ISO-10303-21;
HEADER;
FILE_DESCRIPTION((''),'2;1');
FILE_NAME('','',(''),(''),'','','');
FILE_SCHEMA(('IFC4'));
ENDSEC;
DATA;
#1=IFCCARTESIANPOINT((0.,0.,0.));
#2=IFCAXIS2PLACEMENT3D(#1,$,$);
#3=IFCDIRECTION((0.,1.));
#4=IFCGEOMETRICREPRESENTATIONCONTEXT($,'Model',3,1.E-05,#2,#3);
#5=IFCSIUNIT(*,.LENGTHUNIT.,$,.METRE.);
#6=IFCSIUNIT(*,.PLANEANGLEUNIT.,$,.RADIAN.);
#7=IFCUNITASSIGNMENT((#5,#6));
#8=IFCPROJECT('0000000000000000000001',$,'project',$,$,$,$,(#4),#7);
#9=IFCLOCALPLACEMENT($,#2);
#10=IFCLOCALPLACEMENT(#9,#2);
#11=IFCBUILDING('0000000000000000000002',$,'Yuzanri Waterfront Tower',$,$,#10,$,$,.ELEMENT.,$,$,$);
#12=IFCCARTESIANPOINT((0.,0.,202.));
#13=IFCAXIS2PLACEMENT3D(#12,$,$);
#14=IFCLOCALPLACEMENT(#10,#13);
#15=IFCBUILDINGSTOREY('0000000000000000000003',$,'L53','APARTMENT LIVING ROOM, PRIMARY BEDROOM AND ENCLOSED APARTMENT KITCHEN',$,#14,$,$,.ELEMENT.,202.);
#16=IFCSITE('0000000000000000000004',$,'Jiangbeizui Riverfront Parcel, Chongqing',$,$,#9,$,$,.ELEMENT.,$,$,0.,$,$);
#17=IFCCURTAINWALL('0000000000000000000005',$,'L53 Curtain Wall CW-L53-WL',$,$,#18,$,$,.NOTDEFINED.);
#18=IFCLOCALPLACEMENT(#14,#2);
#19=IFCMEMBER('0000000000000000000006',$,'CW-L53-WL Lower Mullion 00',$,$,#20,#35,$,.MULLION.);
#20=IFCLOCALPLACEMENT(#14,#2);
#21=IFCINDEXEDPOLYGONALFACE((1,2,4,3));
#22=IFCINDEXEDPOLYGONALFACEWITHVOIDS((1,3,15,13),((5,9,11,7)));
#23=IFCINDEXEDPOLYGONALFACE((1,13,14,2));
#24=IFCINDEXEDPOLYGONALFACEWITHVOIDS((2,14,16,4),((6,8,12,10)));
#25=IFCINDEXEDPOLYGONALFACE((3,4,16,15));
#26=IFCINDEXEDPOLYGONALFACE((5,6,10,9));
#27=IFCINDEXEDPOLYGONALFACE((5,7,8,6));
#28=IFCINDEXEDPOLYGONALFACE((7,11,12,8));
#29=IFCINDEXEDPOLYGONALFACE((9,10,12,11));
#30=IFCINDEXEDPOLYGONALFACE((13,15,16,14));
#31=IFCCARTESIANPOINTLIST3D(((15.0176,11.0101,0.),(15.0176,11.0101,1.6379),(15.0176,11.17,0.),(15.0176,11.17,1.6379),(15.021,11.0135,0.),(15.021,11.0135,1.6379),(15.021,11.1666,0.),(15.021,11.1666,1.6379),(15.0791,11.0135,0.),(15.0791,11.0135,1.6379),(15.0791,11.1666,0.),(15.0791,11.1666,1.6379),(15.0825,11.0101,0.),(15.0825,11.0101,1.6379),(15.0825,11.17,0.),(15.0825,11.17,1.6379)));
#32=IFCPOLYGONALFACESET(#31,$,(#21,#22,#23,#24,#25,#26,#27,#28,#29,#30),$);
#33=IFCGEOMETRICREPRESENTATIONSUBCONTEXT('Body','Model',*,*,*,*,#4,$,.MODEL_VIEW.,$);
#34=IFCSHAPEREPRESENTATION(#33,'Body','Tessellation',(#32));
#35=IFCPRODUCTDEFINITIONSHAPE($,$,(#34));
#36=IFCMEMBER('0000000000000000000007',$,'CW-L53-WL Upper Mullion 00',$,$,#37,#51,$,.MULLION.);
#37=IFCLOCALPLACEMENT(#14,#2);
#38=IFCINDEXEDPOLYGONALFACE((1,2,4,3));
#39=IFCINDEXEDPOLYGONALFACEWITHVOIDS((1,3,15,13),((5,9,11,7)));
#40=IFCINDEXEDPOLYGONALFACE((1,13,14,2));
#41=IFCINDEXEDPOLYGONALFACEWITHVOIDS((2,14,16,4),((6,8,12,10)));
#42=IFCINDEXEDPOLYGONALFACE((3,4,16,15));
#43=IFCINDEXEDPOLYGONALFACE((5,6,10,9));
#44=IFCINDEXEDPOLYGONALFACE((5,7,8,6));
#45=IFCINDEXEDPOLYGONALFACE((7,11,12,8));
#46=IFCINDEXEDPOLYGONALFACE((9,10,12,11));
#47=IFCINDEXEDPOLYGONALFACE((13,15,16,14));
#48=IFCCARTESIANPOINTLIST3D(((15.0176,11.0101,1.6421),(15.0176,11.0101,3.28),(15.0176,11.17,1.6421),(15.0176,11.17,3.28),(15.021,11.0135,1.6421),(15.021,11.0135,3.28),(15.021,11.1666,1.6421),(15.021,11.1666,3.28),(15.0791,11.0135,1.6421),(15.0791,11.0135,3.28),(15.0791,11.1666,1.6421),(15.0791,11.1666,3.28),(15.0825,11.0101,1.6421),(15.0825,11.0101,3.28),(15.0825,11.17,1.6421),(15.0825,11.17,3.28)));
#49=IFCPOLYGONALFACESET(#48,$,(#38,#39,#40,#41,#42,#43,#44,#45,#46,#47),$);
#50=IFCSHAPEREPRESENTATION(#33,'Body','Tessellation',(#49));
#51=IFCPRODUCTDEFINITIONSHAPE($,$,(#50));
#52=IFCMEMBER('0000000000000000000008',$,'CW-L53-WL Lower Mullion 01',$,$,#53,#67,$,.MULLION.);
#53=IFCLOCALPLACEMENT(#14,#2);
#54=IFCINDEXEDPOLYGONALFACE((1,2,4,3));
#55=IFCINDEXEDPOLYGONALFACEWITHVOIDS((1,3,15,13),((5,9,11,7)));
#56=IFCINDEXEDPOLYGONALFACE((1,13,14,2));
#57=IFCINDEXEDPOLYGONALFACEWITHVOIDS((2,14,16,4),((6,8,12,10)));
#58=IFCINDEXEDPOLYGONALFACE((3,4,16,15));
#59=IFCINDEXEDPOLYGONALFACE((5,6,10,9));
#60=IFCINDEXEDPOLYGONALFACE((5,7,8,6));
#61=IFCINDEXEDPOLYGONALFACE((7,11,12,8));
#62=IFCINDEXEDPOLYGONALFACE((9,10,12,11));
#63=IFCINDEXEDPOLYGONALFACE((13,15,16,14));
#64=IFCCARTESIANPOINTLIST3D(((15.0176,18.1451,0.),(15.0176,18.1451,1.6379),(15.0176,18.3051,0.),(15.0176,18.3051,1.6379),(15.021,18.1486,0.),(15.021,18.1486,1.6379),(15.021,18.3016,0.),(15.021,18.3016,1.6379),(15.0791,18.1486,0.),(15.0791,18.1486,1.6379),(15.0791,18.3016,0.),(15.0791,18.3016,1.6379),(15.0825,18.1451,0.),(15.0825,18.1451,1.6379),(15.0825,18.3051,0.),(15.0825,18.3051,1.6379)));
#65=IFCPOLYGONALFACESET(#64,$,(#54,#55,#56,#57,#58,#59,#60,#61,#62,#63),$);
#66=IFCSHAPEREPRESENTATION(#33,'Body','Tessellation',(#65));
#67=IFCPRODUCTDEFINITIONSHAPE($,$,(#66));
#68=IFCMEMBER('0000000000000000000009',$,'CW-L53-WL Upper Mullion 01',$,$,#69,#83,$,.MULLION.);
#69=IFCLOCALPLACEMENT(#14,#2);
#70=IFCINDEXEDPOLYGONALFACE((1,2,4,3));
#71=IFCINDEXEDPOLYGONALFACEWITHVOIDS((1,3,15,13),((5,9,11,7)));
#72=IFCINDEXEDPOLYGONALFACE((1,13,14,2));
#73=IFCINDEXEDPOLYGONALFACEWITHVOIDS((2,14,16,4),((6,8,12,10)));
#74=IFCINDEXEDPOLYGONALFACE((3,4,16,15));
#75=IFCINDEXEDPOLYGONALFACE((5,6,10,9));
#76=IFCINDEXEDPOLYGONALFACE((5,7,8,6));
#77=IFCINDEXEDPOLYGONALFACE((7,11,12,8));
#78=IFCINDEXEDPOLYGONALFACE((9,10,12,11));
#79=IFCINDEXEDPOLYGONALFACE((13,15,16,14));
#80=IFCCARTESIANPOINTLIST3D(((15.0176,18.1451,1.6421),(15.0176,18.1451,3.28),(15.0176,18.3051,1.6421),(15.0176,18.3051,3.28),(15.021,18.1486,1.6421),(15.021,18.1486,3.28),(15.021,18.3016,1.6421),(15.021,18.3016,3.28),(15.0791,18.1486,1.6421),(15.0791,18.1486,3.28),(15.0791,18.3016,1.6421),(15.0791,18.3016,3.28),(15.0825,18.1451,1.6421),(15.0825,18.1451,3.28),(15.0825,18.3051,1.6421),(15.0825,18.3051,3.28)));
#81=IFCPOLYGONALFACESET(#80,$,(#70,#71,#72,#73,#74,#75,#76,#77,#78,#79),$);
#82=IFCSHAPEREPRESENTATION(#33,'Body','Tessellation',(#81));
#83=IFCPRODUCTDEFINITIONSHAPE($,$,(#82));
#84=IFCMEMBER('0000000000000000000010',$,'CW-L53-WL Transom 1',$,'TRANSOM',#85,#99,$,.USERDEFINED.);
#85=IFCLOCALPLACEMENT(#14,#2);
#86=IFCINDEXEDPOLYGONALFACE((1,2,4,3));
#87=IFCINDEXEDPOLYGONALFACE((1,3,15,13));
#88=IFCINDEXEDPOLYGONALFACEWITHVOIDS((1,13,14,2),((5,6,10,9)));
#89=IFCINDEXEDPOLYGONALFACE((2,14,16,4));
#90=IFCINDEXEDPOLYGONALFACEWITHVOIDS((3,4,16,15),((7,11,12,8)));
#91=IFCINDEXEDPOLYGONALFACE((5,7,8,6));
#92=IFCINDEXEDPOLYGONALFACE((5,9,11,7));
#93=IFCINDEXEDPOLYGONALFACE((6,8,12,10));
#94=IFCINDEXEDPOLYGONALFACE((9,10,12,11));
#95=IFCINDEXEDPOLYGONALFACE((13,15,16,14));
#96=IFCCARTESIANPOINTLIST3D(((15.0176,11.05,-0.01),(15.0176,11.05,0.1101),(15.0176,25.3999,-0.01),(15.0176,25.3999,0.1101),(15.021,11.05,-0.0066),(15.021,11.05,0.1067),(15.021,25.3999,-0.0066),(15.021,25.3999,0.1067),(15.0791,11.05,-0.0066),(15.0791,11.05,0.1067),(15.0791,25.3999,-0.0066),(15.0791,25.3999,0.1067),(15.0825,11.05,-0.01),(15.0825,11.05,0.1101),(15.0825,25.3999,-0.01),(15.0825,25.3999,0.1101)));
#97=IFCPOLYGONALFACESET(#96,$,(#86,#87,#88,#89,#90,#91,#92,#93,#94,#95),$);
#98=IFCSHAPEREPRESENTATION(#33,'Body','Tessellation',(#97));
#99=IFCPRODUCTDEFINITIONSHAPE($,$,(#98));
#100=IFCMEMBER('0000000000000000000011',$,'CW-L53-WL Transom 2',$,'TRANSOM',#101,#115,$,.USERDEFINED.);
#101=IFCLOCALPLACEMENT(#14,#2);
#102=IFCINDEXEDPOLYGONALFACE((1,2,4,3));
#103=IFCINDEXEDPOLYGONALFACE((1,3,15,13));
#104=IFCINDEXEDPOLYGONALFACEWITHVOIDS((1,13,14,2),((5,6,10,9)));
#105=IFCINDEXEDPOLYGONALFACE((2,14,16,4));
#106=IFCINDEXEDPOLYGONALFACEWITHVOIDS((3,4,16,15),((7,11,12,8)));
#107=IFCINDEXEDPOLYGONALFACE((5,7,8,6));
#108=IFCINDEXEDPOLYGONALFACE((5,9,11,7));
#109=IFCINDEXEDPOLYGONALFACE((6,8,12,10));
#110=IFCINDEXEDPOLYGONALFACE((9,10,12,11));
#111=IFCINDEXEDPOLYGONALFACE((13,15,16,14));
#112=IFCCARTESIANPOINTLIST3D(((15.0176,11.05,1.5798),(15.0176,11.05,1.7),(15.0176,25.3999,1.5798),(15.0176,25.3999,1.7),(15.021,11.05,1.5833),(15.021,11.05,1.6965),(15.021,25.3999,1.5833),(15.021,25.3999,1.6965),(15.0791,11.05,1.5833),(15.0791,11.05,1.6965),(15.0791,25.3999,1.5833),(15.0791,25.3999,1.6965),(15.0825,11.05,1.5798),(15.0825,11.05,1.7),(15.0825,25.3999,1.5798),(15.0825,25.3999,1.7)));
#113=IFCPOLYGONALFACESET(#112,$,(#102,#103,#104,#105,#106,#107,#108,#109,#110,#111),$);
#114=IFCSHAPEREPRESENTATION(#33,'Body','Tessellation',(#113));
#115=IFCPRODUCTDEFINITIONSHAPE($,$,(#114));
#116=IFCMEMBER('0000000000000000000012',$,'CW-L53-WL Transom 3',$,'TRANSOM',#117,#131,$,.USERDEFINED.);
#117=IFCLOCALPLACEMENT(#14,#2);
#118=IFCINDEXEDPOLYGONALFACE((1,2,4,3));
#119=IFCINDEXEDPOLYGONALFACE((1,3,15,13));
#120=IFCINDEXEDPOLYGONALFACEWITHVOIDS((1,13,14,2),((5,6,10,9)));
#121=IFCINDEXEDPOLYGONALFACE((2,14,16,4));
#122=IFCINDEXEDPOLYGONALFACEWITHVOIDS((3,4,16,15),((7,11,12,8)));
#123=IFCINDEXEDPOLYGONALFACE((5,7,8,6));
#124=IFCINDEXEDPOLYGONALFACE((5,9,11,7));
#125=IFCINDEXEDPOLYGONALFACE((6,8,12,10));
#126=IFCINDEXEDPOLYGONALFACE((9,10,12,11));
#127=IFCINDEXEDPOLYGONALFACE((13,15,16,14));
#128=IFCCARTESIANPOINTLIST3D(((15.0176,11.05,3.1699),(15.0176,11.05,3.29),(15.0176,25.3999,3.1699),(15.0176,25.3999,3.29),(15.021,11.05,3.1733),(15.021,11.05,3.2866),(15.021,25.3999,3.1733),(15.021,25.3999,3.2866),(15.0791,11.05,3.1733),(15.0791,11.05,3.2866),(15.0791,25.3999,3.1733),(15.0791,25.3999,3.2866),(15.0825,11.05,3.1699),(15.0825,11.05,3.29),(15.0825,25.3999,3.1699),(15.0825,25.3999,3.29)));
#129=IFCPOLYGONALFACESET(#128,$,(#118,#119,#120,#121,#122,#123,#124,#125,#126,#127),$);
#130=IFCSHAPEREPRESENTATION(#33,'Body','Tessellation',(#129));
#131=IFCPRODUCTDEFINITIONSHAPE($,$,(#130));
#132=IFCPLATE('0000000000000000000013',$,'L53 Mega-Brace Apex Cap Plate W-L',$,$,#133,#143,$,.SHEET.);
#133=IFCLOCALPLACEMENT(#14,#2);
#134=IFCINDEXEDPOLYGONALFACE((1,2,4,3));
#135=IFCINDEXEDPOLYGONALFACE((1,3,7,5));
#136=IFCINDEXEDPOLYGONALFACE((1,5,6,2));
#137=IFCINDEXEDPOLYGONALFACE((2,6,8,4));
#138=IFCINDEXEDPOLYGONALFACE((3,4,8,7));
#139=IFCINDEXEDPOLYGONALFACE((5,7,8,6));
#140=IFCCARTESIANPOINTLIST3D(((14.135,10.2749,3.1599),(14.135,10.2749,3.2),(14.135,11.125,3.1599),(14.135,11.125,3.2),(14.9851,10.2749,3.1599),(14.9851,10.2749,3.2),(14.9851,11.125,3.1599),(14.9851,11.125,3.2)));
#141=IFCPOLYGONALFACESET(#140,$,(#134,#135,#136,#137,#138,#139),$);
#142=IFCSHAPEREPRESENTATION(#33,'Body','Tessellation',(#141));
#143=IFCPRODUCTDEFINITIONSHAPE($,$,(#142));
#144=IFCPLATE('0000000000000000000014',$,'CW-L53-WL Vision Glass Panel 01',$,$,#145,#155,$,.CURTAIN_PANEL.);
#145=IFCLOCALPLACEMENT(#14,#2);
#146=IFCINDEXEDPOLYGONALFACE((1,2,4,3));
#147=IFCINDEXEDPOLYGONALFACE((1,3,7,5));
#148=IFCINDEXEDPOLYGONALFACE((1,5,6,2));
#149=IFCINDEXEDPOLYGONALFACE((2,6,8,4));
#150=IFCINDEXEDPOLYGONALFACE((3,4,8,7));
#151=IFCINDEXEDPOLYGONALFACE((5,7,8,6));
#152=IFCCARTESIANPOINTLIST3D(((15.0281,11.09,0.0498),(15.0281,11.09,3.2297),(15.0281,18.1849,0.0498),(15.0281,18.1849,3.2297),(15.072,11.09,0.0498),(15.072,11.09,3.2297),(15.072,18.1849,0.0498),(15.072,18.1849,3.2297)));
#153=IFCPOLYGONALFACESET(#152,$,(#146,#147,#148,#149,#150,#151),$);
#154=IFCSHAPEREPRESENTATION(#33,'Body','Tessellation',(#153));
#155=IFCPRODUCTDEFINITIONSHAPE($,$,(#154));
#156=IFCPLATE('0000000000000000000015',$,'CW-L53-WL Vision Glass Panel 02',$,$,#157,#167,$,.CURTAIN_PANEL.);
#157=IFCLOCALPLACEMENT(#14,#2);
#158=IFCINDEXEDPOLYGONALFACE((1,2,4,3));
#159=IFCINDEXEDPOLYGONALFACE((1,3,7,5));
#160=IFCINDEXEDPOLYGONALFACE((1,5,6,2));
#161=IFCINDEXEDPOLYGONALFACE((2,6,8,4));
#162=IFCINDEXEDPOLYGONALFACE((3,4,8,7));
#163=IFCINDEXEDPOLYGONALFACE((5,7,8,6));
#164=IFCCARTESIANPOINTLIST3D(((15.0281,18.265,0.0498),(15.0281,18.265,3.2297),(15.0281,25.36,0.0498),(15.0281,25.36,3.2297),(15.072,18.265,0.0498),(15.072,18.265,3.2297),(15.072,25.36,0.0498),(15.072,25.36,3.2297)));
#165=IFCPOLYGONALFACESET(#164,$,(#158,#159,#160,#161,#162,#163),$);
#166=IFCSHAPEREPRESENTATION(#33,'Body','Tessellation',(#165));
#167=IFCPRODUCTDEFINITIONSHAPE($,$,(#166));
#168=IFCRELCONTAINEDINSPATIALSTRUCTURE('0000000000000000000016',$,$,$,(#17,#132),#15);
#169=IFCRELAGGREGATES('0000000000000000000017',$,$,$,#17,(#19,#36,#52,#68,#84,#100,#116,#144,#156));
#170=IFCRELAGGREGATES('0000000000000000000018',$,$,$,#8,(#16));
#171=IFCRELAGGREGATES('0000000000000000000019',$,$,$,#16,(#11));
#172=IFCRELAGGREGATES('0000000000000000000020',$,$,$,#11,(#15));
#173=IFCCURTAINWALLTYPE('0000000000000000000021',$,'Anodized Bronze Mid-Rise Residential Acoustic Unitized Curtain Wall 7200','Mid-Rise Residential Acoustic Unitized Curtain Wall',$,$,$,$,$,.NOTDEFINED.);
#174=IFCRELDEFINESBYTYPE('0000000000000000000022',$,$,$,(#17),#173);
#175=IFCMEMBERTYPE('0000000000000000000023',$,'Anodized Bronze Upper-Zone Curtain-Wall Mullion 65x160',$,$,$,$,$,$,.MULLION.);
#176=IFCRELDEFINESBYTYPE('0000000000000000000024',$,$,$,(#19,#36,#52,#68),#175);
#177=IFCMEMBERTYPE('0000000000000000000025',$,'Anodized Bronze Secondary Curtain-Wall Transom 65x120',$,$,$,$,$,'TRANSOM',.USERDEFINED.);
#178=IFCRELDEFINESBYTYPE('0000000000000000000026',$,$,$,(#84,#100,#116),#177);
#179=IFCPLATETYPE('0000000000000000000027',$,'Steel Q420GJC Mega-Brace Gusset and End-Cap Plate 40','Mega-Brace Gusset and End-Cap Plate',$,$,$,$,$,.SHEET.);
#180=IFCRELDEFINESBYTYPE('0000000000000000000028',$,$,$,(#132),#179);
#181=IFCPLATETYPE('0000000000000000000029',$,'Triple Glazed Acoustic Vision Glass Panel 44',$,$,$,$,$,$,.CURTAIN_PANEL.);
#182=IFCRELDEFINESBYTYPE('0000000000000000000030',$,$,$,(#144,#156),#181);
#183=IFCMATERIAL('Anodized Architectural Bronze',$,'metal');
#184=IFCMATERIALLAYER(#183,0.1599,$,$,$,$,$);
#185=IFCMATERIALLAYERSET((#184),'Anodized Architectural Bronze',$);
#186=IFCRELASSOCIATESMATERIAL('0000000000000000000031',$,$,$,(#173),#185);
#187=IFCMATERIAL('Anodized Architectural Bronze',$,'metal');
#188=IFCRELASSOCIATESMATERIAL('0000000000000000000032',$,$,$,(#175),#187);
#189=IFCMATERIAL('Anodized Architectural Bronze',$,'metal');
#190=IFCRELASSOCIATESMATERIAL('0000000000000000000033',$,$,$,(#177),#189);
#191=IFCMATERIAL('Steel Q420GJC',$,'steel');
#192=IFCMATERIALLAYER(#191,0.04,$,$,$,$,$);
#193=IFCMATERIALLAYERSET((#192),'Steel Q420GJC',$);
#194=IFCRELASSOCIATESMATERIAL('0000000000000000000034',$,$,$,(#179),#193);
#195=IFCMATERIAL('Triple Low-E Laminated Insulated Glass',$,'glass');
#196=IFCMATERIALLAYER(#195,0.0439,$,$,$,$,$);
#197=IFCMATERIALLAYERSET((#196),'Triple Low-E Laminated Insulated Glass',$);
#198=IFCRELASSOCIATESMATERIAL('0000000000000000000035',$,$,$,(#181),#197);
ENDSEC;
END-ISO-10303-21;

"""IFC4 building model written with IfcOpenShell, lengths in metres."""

from ifc_helpers import new_model, si_unit, direction, frame, origin, origin_2d, place, context, subcontext, project, spatial, rectangle, hollow_rectangle, extrude, source, transform, mapped, material, layer, layer_set, material_profile, profile_set, type_object, element, aggregate, save


model = new_model("IFC4")

# Units and contexts
model_context = context("Model", 3, precision=1e-05, world=origin(), true_north=direction((0.0, 1.0)))
body_context = subcontext(model_context, "Body", "Model", "MODEL_VIEW")
ifc_project = project(units=[si_unit("LENGTHUNIT", "METRE"), si_unit("PLANEANGLEUNIT", "RADIAN")], contexts=[model_context])

# Site, building, storey
site_placement = place(None, origin())
site = spatial("IfcSite", under=ifc_project, at=site_placement, Name="Jiangbeizui Riverfront Parcel, Chongqing", CompositionType="ELEMENT", RefElevation=0.0)
building_placement = place(site_placement, origin())
building = spatial("IfcBuilding", under=site, at=building_placement, Name="Yuzanri Waterfront Tower", CompositionType="ELEMENT")
storey_placement = place(building_placement, frame((0.0, 0.0, 202.0)))
storey = spatial("IfcBuildingStorey", under=building, at=storey_placement, Name="L53", Description="APARTMENT LIVING ROOM, PRIMARY BEDROOM AND ENCLOSED APARTMENT KITCHEN", CompositionType="ELEMENT", Elevation=202.0)

# Curtain wall, members
ifc_material_1 = material(Name="Anodized Architectural Bronze", Category="metal")
ifc_layer_1 = layer(ifc_material_1, 0.1599)
ifc_layer_set_1 = layer_set([ifc_layer_1], Name="Anodized Architectural Bronze")
curtain_wall_type = type_object("IfcCurtainWallType", Name="Anodized Bronze Mid-Rise Residential Acoustic Unitized Curtain Wall 7200", Description="Mid-Rise Residential Acoustic Unitized Curtain Wall", PredefinedType="NOTDEFINED", material=ifc_layer_set_1)
curtain_wall_placement = place(storey_placement, origin())
curtain_wall = element("IfcCurtainWall", 1, at=curtain_wall_placement, inside=storey, type_object=curtain_wall_type, Name="L53 Curtain Wall CW-L53-WL", PredefinedType="NOTDEFINED")
ifc_material_2 = material(Name="Anodized Architectural Bronze", Category="metal")
ifc_material_profile_1 = material_profile(ifc_material_2, hollow_rectangle(XDim=0.0649, YDim=0.1599, WallThickness=0.0034, at=origin_2d()), Name="CWM 65x160")
ifc_profile_set_1 = profile_set([ifc_material_profile_1], Name="Anodized Architectural Bronze")
member_type_1 = type_object("IfcMemberType", Name="Anodized Bronze Upper-Zone Curtain-Wall Mullion 65x160", PredefinedType="MULLION", material=ifc_profile_set_1)
shared_shape_1 = source(origin(), body_context, "Body", "SweptSolid", [
    extrude(hollow_rectangle(XDim=0.0649, YDim=0.1599, WallThickness=0.0034, at=origin_2d()), origin(), (0.0, 0.0, 1.0), 1.6379),
])
member_1_placement = place(storey_placement, frame((15.05, 11.0901, 0.0), z_axis=(0.0, 0.0, 1.0), x_axis=(1.0, 0.0, 0.0)))
member_1 = element("IfcMember", 2, at=member_1_placement, type_object=member_type_1, Name="CW-L53-WL Lower Mullion 00", PredefinedType="MULLION", context=body_context, shape_type="MappedRepresentation", body=[
    mapped(shared_shape_1, transform((0.0, 0.0, 0.0), scale=1.0)),
])
member_2_placement = place(storey_placement, frame((15.05, 11.0901, 1.6421), z_axis=(0.0, 0.0, 1.0), x_axis=(1.0, 0.0, 0.0)))
member_2 = element("IfcMember", 3, at=member_2_placement, type_object=member_type_1, Name="CW-L53-WL Upper Mullion 00", PredefinedType="MULLION", context=body_context, shape_type="MappedRepresentation", body=[
    mapped(shared_shape_1, transform((0.0, 0.0, 0.0), scale=1.0)),
])
member_3_placement = place(storey_placement, frame((15.05, 18.2251, 0.0), z_axis=(0.0, 0.0, 1.0), x_axis=(1.0, 0.0, 0.0)))
member_3 = element("IfcMember", 4, at=member_3_placement, type_object=member_type_1, Name="CW-L53-WL Lower Mullion 01", PredefinedType="MULLION", context=body_context, shape_type="MappedRepresentation", body=[
    mapped(shared_shape_1, transform((0.0, 0.0, 0.0), scale=1.0)),
])
member_4_placement = place(storey_placement, frame((15.05, 18.2251, 1.6421), z_axis=(0.0, 0.0, 1.0), x_axis=(1.0, 0.0, 0.0)))
member_4 = element("IfcMember", 5, at=member_4_placement, type_object=member_type_1, Name="CW-L53-WL Upper Mullion 01", PredefinedType="MULLION", context=body_context, shape_type="MappedRepresentation", body=[
    mapped(shared_shape_1, transform((0.0, 0.0, 0.0), scale=1.0)),
])
ifc_material_3 = material(Name="Anodized Architectural Bronze", Category="metal")
ifc_material_profile_2 = material_profile(ifc_material_3, hollow_rectangle(XDim=0.0649, YDim=0.1201, WallThickness=0.0034, at=origin_2d()), Name="CWT 65x120")
ifc_profile_set_2 = profile_set([ifc_material_profile_2], Name="Anodized Architectural Bronze")
member_type_2 = type_object("IfcMemberType", Name="Anodized Bronze Secondary Curtain-Wall Transom 65x120", ElementType="TRANSOM", PredefinedType="USERDEFINED", material=ifc_profile_set_2)
shared_shape_2 = source(origin(), body_context, "Body", "SweptSolid", [
    extrude(hollow_rectangle(XDim=0.0649, YDim=0.1201, WallThickness=0.0034, at=origin_2d()), origin(), (0.0, 0.0, 1.0), 14.3499),
])
member_5_placement = place(storey_placement, frame((15.05, 11.05, 0.05), z_axis=(0.0, 1.0, 0.0), x_axis=(-1.0, 0.0, 0.0)))
member_5 = element("IfcMember", 6, at=member_5_placement, type_object=member_type_2, Name="CW-L53-WL Transom 1", ObjectType="TRANSOM", PredefinedType="USERDEFINED", context=body_context, shape_type="MappedRepresentation", body=[
    mapped(shared_shape_2, transform((0.0, 0.0, 0.0), scale=1.0)),
])
member_6_placement = place(storey_placement, frame((15.05, 11.05, 1.6399), z_axis=(0.0, 1.0, 0.0), x_axis=(-1.0, 0.0, 0.0)))
member_6 = element("IfcMember", 7, at=member_6_placement, type_object=member_type_2, Name="CW-L53-WL Transom 2", ObjectType="TRANSOM", PredefinedType="USERDEFINED", context=body_context, shape_type="MappedRepresentation", body=[
    mapped(shared_shape_2, transform((0.0, 0.0, 0.0), scale=1.0)),
])
member_7_placement = place(storey_placement, frame((15.05, 11.05, 3.23), z_axis=(0.0, 1.0, 0.0), x_axis=(-1.0, 0.0, 0.0)))
member_7 = element("IfcMember", 8, at=member_7_placement, type_object=member_type_2, Name="CW-L53-WL Transom 3", ObjectType="TRANSOM", PredefinedType="USERDEFINED", context=body_context, shape_type="MappedRepresentation", body=[
    mapped(shared_shape_2, transform((0.0, 0.0, 0.0), scale=1.0)),
])

# Plates
ifc_material_4 = material(Name="Steel Q420GJC", Category="steel")
ifc_layer_2 = layer(ifc_material_4, 0.04)
ifc_layer_set_2 = layer_set([ifc_layer_2], Name="Steel Q420GJC")
plate_type_1 = type_object("IfcPlateType", Name="Steel Q420GJC Mega-Brace Gusset and End-Cap Plate 40", Description="Mega-Brace Gusset and End-Cap Plate", PredefinedType="SHEET", material=ifc_layer_set_2)
shared_shape_3 = source(origin(), body_context, "Body", "SweptSolid", [
    extrude(rectangle(XDim=0.8501, YDim=0.8501, at=origin_2d()), origin(), (0.0, 0.0, 1.0), 0.04),
])
plate_1_placement = place(storey_placement, frame((14.5601, 10.7, 3.1599), z_axis=(0.0, 0.0, 1.0), x_axis=(1.0, 0.0, 0.0)))
element("IfcPlate", 9, at=plate_1_placement, inside=storey, type_object=plate_type_1, Name="L53 Mega-Brace Apex Cap Plate W-L", PredefinedType="SHEET", context=body_context, shape_type="MappedRepresentation", body=[
    mapped(shared_shape_3, transform((0.0, 0.0, 0.0), scale=1.0)),
])
ifc_material_5 = material(Name="Triple Low-E Laminated Insulated Glass", Category="glass")
ifc_layer_3 = layer(ifc_material_5, 0.0439)
ifc_layer_set_3 = layer_set([ifc_layer_3], Name="Triple Low-E Laminated Insulated Glass")
plate_type_2 = type_object("IfcPlateType", Name="Triple Glazed Acoustic Vision Glass Panel 44", PredefinedType="CURTAIN_PANEL", material=ifc_layer_set_3)
shared_shape_4 = source(origin(), body_context, "Body", "SweptSolid", [
    extrude(rectangle(XDim=7.095, YDim=0.0439, at=origin_2d()), origin(), (0.0, 0.0, 1.0), 3.1799),
])
plate_2_placement = place(storey_placement, frame((15.05, 14.6375, 0.0498), z_axis=(0.0, 0.0, 1.0), x_axis=(0.0, 1.0, 0.0)))
plate_2 = element("IfcPlate", 10, at=plate_2_placement, type_object=plate_type_2, Name="CW-L53-WL Vision Glass Panel 01", PredefinedType="CURTAIN_PANEL", context=body_context, shape_type="MappedRepresentation", body=[
    mapped(shared_shape_4, transform((0.0, 0.0, 0.0), scale=1.0)),
])
plate_3_placement = place(storey_placement, frame((15.05, 21.8125, 0.0498), z_axis=(0.0, 0.0, 1.0), x_axis=(0.0, 1.0, 0.0)))
plate_3 = element("IfcPlate", 11, at=plate_3_placement, type_object=plate_type_2, Name="CW-L53-WL Vision Glass Panel 02", PredefinedType="CURTAIN_PANEL", context=body_context, shape_type="MappedRepresentation", body=[
    mapped(shared_shape_4, transform((0.0, 0.0, 0.0), scale=1.0)),
])
aggregate(curtain_wall, [member_1, member_2, member_3, member_4, member_5, member_6, member_7, plate_2, plate_3])

save(model, "model.ifc")
